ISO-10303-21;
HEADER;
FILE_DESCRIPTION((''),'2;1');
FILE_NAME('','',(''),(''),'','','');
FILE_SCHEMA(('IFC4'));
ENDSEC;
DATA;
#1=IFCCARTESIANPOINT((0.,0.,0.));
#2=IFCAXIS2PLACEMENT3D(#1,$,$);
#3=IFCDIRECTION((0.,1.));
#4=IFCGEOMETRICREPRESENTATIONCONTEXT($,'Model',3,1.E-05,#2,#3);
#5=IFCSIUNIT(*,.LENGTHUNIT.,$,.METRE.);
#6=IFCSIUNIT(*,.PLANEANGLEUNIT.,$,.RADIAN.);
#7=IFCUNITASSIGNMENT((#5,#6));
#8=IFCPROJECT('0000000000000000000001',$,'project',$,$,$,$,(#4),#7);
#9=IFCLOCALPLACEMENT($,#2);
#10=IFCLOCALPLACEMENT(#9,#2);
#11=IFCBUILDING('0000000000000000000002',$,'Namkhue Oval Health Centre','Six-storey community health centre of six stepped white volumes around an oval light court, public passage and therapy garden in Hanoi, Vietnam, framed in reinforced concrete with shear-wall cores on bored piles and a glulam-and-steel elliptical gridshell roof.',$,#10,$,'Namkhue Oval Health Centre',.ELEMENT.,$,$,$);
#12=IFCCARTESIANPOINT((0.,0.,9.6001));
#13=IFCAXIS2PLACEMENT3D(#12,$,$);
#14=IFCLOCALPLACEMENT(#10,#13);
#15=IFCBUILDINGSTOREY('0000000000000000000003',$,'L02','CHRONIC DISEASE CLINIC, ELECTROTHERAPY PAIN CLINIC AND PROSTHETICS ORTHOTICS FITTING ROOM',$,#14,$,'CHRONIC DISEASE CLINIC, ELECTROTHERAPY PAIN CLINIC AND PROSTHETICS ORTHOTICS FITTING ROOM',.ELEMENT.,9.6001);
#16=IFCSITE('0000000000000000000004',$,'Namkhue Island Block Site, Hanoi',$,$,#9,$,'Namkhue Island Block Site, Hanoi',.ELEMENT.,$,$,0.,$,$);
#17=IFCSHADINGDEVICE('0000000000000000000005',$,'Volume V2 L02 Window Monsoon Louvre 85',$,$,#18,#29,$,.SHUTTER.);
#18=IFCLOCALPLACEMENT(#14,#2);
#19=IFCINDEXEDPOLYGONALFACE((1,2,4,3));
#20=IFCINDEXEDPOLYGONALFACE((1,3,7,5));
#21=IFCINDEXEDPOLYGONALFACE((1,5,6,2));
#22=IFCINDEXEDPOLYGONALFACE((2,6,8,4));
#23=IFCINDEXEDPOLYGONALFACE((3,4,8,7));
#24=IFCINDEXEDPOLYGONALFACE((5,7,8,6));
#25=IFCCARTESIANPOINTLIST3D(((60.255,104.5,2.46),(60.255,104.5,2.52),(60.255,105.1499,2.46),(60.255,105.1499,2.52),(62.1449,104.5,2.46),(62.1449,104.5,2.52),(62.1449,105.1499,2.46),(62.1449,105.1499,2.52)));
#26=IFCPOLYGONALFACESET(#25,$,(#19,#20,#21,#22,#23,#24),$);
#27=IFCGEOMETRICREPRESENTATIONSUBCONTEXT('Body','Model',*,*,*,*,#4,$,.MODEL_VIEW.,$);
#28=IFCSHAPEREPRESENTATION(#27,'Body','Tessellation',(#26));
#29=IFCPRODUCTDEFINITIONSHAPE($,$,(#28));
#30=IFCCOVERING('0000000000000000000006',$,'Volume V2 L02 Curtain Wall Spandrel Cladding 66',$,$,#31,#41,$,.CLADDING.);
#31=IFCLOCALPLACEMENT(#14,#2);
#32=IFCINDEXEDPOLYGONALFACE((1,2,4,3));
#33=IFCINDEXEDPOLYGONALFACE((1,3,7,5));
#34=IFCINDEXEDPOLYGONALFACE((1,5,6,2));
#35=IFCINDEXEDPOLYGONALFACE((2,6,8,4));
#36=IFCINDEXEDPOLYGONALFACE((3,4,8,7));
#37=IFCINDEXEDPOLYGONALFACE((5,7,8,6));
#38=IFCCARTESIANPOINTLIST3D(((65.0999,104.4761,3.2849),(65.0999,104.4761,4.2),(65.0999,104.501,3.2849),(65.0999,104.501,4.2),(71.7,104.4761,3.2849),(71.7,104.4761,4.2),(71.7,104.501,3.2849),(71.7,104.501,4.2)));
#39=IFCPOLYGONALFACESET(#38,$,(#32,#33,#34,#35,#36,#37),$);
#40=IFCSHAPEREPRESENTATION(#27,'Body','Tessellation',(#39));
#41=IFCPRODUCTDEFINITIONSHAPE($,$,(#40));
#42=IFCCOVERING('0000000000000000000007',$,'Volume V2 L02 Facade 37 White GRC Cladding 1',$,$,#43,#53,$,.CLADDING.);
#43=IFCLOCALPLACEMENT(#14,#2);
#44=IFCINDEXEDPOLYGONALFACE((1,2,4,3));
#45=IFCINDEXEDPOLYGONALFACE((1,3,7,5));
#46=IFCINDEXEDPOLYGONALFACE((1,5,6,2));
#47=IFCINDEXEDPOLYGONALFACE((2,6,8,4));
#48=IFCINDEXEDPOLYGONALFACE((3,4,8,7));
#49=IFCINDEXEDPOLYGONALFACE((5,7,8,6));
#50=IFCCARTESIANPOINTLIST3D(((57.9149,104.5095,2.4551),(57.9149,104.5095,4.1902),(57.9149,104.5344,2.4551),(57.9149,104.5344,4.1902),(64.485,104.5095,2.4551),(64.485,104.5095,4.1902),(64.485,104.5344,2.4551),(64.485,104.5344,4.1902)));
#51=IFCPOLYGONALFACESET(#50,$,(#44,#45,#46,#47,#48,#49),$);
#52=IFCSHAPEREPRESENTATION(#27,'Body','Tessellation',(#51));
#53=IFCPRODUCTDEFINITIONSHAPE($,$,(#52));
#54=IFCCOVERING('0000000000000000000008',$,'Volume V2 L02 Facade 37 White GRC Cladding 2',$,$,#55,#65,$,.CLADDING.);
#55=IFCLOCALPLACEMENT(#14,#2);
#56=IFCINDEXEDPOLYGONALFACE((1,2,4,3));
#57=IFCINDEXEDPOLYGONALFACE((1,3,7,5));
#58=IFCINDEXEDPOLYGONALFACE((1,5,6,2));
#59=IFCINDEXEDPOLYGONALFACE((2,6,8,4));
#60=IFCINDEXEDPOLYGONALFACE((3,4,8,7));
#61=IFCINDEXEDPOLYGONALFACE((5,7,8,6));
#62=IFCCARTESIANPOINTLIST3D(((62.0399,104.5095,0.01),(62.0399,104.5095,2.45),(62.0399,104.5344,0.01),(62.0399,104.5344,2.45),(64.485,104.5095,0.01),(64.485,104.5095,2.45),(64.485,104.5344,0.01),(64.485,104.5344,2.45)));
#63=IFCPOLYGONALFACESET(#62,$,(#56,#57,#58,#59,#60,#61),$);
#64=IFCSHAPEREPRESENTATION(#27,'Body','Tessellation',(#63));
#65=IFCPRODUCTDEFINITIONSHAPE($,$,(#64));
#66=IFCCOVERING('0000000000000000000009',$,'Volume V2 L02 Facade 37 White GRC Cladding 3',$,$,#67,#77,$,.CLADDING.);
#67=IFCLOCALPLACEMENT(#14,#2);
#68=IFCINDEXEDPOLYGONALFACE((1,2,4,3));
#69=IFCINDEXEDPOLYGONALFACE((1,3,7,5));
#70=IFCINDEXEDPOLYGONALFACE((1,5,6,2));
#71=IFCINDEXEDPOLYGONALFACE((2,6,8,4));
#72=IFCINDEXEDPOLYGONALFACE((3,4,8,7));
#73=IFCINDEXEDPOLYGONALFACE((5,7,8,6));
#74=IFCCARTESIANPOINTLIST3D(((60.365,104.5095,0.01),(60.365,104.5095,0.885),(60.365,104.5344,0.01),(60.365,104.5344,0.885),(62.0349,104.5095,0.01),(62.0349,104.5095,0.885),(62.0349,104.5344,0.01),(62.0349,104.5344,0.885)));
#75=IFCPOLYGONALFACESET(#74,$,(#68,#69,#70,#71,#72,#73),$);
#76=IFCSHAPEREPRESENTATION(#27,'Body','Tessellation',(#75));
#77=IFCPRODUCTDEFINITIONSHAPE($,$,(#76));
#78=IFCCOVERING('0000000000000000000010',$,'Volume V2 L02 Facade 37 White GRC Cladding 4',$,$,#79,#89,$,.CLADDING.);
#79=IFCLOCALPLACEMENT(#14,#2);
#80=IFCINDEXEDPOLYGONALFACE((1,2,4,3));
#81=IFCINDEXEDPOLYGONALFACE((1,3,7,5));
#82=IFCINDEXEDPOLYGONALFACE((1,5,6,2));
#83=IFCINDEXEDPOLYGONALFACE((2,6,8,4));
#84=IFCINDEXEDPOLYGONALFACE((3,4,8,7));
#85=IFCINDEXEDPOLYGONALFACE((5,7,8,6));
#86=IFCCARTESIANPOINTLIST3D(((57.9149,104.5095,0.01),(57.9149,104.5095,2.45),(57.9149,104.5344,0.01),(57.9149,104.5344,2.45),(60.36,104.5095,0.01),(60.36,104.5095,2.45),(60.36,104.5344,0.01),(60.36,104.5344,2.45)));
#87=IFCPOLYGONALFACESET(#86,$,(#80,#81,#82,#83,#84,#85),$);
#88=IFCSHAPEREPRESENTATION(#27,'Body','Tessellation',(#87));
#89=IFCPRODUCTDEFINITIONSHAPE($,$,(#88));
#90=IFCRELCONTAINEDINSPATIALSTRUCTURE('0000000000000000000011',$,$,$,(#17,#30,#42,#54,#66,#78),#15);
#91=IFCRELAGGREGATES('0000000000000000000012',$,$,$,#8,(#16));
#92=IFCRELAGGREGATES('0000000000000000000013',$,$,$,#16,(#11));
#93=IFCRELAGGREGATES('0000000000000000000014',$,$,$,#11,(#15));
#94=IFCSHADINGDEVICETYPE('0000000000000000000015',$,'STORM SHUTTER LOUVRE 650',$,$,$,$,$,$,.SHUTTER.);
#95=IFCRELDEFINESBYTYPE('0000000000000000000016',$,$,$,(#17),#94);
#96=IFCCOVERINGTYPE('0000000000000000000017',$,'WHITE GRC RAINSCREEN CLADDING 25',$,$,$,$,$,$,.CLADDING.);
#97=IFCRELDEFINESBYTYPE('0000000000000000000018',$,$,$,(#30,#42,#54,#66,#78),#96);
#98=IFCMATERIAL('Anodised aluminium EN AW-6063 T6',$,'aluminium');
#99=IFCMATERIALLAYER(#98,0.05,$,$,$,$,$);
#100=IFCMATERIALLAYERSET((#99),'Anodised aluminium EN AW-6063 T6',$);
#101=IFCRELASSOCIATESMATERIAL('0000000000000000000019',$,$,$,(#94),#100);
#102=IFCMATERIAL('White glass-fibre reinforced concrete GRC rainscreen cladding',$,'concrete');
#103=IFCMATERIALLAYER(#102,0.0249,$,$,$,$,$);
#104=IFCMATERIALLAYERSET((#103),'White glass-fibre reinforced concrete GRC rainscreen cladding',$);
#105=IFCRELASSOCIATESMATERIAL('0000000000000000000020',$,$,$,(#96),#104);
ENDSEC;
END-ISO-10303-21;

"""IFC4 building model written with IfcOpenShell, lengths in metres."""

from ifc_helpers import new_model, si_unit, direction, frame, origin, origin_2d, place, context, subcontext, project, spatial, rectangle, extrude, material, layer, layer_set, type_object, element, save


model = new_model("IFC4")

# Units and contexts
model_context = context("Model", 3, precision=1e-05, world=origin(), true_north=direction((0.0, 1.0)))
body_context = subcontext(model_context, "Body", "Model", "MODEL_VIEW")
ifc_project = project(units=[si_unit("LENGTHUNIT", "METRE"), si_unit("PLANEANGLEUNIT", "RADIAN")], contexts=[model_context])

# Site, building, storey
site_placement = place(None, origin())
site = spatial("IfcSite", under=ifc_project, at=site_placement, Name="Namkhue Island Block Site, Hanoi", LongName="Namkhue Island Block Site, Hanoi", CompositionType="ELEMENT", RefElevation=0.0)
building_placement = place(site_placement, origin())
building = spatial("IfcBuilding", under=site, at=building_placement, Name="Namkhue Oval Health Centre", Description="Six-storey community health centre of six stepped white volumes around an oval light court, public passage and therapy garden in Hanoi, Vietnam, framed in reinforced concrete with shear-wall cores on bored piles and a glulam-and-steel elliptical gridshell roof.", LongName="Namkhue Oval Health Centre", CompositionType="ELEMENT")
storey_placement = place(building_placement, frame((0.0, 0.0, 9.6001)))
storey = spatial("IfcBuildingStorey", under=building, at=storey_placement, Name="L02", Description="CHRONIC DISEASE CLINIC, ELECTROTHERAPY PAIN CLINIC AND PROSTHETICS ORTHOTICS FITTING ROOM", LongName="CHRONIC DISEASE CLINIC, ELECTROTHERAPY PAIN CLINIC AND PROSTHETICS ORTHOTICS FITTING ROOM", CompositionType="ELEMENT", Elevation=9.6001)

# Shared definitions
ifc_material_1 = material(Name="Anodised aluminium EN AW-6063 T6", Category="aluminium")

# Shading device
ifc_layer_1 = layer(ifc_material_1, 0.05)
ifc_layer_set_1 = layer_set([ifc_layer_1], Name="Anodised aluminium EN AW-6063 T6")
shading_device_type = type_object("IfcShadingDeviceType", Name="STORM SHUTTER LOUVRE 650", PredefinedType="SHUTTER", material=ifc_layer_set_1)
shading_device_placement = place(storey_placement, frame((61.2, 104.825, 2.46), z_axis=(0.0, 0.0, 1.0), x_axis=(-1.0, 0.0, 0.0)))
element("IfcShadingDevice", 1, at=shading_device_placement, inside=storey, type_object=shading_device_type, Name="Volume V2 L02 Window Monsoon Louvre 85", PredefinedType="SHUTTER", context=body_context, shape_type="SweptSolid", body=[
    extrude(rectangle(XDim=1.8899, YDim=0.6499, at=origin_2d()), origin(), (0.0, 0.0, 1.0), 0.0601),
])

# Coverings
ifc_material_2 = material(Name="White glass-fibre reinforced concrete GRC rainscreen cladding", Category="concrete")
ifc_layer_2 = layer(ifc_material_2, 0.0249)
ifc_layer_set_2 = layer_set([ifc_layer_2], Name="White glass-fibre reinforced concrete GRC rainscreen cladding")
covering_type = type_object("IfcCoveringType", Name="WHITE GRC RAINSCREEN CLADDING 25", PredefinedType="CLADDING", material=ifc_layer_set_2)
covering_1_placement = place(storey_placement, frame((68.3999, 104.4885, 3.2849), z_axis=(0.0, 0.0, 1.0), x_axis=(-1.0, 0.0, 0.0)))
element("IfcCovering", 2, at=covering_1_placement, inside=storey, type_object=covering_type, Name="Volume V2 L02 Curtain Wall Spandrel Cladding 66", PredefinedType="CLADDING", context=body_context, shape_type="SweptSolid", body=[
    extrude(rectangle(XDim=6.6001, YDim=0.0249, at=origin_2d()), origin(), (0.0, 0.0, 1.0), 0.915),
])
covering_2_placement = place(storey_placement, frame((61.2, 104.522, 2.4551), z_axis=(0.0, 0.0, 1.0), x_axis=(-1.0, 0.0, 0.0)))
element("IfcCovering", 3, at=covering_2_placement, inside=storey, type_object=covering_type, Name="Volume V2 L02 Facade 37 White GRC Cladding 1", PredefinedType="CLADDING", context=body_context, shape_type="SweptSolid", body=[
    extrude(rectangle(XDim=6.5701, YDim=0.0249, at=origin_2d()), origin(), (0.0, 0.0, 1.0), 1.7351),
])
covering_3_placement = place(storey_placement, frame((63.2625, 104.522, 0.01), z_axis=(0.0, 0.0, 1.0), x_axis=(-1.0, 0.0, 0.0)))
element("IfcCovering", 4, at=covering_3_placement, inside=storey, type_object=covering_type, Name="Volume V2 L02 Facade 37 White GRC Cladding 2", PredefinedType="CLADDING", context=body_context, shape_type="SweptSolid", body=[
    extrude(rectangle(XDim=2.4451, YDim=0.0249, at=origin_2d()), origin(), (0.0, 0.0, 1.0), 2.4399),
])
covering_4_placement = place(storey_placement, frame((61.2, 104.522, 0.01), z_axis=(0.0, 0.0, 1.0), x_axis=(-1.0, 0.0, 0.0)))
element("IfcCovering", 5, at=covering_4_placement, inside=storey, type_object=covering_type, Name="Volume V2 L02 Facade 37 White GRC Cladding 3", PredefinedType="CLADDING", context=body_context, shape_type="SweptSolid", body=[
    extrude(rectangle(XDim=1.6699, YDim=0.0249, at=origin_2d()), origin(), (0.0, 0.0, 1.0), 0.875),
])
covering_5_placement = place(storey_placement, frame((59.1375, 104.522, 0.01), z_axis=(0.0, 0.0, 1.0), x_axis=(-1.0, 0.0, 0.0)))
element("IfcCovering", 6, at=covering_5_placement, inside=storey, type_object=covering_type, Name="Volume V2 L02 Facade 37 White GRC Cladding 4", PredefinedType="CLADDING", context=body_context, shape_type="SweptSolid", body=[
    extrude(rectangle(XDim=2.4451, YDim=0.0249, at=origin_2d()), origin(), (0.0, 0.0, 1.0), 2.4399),
])

save(model, "model.ifc")
